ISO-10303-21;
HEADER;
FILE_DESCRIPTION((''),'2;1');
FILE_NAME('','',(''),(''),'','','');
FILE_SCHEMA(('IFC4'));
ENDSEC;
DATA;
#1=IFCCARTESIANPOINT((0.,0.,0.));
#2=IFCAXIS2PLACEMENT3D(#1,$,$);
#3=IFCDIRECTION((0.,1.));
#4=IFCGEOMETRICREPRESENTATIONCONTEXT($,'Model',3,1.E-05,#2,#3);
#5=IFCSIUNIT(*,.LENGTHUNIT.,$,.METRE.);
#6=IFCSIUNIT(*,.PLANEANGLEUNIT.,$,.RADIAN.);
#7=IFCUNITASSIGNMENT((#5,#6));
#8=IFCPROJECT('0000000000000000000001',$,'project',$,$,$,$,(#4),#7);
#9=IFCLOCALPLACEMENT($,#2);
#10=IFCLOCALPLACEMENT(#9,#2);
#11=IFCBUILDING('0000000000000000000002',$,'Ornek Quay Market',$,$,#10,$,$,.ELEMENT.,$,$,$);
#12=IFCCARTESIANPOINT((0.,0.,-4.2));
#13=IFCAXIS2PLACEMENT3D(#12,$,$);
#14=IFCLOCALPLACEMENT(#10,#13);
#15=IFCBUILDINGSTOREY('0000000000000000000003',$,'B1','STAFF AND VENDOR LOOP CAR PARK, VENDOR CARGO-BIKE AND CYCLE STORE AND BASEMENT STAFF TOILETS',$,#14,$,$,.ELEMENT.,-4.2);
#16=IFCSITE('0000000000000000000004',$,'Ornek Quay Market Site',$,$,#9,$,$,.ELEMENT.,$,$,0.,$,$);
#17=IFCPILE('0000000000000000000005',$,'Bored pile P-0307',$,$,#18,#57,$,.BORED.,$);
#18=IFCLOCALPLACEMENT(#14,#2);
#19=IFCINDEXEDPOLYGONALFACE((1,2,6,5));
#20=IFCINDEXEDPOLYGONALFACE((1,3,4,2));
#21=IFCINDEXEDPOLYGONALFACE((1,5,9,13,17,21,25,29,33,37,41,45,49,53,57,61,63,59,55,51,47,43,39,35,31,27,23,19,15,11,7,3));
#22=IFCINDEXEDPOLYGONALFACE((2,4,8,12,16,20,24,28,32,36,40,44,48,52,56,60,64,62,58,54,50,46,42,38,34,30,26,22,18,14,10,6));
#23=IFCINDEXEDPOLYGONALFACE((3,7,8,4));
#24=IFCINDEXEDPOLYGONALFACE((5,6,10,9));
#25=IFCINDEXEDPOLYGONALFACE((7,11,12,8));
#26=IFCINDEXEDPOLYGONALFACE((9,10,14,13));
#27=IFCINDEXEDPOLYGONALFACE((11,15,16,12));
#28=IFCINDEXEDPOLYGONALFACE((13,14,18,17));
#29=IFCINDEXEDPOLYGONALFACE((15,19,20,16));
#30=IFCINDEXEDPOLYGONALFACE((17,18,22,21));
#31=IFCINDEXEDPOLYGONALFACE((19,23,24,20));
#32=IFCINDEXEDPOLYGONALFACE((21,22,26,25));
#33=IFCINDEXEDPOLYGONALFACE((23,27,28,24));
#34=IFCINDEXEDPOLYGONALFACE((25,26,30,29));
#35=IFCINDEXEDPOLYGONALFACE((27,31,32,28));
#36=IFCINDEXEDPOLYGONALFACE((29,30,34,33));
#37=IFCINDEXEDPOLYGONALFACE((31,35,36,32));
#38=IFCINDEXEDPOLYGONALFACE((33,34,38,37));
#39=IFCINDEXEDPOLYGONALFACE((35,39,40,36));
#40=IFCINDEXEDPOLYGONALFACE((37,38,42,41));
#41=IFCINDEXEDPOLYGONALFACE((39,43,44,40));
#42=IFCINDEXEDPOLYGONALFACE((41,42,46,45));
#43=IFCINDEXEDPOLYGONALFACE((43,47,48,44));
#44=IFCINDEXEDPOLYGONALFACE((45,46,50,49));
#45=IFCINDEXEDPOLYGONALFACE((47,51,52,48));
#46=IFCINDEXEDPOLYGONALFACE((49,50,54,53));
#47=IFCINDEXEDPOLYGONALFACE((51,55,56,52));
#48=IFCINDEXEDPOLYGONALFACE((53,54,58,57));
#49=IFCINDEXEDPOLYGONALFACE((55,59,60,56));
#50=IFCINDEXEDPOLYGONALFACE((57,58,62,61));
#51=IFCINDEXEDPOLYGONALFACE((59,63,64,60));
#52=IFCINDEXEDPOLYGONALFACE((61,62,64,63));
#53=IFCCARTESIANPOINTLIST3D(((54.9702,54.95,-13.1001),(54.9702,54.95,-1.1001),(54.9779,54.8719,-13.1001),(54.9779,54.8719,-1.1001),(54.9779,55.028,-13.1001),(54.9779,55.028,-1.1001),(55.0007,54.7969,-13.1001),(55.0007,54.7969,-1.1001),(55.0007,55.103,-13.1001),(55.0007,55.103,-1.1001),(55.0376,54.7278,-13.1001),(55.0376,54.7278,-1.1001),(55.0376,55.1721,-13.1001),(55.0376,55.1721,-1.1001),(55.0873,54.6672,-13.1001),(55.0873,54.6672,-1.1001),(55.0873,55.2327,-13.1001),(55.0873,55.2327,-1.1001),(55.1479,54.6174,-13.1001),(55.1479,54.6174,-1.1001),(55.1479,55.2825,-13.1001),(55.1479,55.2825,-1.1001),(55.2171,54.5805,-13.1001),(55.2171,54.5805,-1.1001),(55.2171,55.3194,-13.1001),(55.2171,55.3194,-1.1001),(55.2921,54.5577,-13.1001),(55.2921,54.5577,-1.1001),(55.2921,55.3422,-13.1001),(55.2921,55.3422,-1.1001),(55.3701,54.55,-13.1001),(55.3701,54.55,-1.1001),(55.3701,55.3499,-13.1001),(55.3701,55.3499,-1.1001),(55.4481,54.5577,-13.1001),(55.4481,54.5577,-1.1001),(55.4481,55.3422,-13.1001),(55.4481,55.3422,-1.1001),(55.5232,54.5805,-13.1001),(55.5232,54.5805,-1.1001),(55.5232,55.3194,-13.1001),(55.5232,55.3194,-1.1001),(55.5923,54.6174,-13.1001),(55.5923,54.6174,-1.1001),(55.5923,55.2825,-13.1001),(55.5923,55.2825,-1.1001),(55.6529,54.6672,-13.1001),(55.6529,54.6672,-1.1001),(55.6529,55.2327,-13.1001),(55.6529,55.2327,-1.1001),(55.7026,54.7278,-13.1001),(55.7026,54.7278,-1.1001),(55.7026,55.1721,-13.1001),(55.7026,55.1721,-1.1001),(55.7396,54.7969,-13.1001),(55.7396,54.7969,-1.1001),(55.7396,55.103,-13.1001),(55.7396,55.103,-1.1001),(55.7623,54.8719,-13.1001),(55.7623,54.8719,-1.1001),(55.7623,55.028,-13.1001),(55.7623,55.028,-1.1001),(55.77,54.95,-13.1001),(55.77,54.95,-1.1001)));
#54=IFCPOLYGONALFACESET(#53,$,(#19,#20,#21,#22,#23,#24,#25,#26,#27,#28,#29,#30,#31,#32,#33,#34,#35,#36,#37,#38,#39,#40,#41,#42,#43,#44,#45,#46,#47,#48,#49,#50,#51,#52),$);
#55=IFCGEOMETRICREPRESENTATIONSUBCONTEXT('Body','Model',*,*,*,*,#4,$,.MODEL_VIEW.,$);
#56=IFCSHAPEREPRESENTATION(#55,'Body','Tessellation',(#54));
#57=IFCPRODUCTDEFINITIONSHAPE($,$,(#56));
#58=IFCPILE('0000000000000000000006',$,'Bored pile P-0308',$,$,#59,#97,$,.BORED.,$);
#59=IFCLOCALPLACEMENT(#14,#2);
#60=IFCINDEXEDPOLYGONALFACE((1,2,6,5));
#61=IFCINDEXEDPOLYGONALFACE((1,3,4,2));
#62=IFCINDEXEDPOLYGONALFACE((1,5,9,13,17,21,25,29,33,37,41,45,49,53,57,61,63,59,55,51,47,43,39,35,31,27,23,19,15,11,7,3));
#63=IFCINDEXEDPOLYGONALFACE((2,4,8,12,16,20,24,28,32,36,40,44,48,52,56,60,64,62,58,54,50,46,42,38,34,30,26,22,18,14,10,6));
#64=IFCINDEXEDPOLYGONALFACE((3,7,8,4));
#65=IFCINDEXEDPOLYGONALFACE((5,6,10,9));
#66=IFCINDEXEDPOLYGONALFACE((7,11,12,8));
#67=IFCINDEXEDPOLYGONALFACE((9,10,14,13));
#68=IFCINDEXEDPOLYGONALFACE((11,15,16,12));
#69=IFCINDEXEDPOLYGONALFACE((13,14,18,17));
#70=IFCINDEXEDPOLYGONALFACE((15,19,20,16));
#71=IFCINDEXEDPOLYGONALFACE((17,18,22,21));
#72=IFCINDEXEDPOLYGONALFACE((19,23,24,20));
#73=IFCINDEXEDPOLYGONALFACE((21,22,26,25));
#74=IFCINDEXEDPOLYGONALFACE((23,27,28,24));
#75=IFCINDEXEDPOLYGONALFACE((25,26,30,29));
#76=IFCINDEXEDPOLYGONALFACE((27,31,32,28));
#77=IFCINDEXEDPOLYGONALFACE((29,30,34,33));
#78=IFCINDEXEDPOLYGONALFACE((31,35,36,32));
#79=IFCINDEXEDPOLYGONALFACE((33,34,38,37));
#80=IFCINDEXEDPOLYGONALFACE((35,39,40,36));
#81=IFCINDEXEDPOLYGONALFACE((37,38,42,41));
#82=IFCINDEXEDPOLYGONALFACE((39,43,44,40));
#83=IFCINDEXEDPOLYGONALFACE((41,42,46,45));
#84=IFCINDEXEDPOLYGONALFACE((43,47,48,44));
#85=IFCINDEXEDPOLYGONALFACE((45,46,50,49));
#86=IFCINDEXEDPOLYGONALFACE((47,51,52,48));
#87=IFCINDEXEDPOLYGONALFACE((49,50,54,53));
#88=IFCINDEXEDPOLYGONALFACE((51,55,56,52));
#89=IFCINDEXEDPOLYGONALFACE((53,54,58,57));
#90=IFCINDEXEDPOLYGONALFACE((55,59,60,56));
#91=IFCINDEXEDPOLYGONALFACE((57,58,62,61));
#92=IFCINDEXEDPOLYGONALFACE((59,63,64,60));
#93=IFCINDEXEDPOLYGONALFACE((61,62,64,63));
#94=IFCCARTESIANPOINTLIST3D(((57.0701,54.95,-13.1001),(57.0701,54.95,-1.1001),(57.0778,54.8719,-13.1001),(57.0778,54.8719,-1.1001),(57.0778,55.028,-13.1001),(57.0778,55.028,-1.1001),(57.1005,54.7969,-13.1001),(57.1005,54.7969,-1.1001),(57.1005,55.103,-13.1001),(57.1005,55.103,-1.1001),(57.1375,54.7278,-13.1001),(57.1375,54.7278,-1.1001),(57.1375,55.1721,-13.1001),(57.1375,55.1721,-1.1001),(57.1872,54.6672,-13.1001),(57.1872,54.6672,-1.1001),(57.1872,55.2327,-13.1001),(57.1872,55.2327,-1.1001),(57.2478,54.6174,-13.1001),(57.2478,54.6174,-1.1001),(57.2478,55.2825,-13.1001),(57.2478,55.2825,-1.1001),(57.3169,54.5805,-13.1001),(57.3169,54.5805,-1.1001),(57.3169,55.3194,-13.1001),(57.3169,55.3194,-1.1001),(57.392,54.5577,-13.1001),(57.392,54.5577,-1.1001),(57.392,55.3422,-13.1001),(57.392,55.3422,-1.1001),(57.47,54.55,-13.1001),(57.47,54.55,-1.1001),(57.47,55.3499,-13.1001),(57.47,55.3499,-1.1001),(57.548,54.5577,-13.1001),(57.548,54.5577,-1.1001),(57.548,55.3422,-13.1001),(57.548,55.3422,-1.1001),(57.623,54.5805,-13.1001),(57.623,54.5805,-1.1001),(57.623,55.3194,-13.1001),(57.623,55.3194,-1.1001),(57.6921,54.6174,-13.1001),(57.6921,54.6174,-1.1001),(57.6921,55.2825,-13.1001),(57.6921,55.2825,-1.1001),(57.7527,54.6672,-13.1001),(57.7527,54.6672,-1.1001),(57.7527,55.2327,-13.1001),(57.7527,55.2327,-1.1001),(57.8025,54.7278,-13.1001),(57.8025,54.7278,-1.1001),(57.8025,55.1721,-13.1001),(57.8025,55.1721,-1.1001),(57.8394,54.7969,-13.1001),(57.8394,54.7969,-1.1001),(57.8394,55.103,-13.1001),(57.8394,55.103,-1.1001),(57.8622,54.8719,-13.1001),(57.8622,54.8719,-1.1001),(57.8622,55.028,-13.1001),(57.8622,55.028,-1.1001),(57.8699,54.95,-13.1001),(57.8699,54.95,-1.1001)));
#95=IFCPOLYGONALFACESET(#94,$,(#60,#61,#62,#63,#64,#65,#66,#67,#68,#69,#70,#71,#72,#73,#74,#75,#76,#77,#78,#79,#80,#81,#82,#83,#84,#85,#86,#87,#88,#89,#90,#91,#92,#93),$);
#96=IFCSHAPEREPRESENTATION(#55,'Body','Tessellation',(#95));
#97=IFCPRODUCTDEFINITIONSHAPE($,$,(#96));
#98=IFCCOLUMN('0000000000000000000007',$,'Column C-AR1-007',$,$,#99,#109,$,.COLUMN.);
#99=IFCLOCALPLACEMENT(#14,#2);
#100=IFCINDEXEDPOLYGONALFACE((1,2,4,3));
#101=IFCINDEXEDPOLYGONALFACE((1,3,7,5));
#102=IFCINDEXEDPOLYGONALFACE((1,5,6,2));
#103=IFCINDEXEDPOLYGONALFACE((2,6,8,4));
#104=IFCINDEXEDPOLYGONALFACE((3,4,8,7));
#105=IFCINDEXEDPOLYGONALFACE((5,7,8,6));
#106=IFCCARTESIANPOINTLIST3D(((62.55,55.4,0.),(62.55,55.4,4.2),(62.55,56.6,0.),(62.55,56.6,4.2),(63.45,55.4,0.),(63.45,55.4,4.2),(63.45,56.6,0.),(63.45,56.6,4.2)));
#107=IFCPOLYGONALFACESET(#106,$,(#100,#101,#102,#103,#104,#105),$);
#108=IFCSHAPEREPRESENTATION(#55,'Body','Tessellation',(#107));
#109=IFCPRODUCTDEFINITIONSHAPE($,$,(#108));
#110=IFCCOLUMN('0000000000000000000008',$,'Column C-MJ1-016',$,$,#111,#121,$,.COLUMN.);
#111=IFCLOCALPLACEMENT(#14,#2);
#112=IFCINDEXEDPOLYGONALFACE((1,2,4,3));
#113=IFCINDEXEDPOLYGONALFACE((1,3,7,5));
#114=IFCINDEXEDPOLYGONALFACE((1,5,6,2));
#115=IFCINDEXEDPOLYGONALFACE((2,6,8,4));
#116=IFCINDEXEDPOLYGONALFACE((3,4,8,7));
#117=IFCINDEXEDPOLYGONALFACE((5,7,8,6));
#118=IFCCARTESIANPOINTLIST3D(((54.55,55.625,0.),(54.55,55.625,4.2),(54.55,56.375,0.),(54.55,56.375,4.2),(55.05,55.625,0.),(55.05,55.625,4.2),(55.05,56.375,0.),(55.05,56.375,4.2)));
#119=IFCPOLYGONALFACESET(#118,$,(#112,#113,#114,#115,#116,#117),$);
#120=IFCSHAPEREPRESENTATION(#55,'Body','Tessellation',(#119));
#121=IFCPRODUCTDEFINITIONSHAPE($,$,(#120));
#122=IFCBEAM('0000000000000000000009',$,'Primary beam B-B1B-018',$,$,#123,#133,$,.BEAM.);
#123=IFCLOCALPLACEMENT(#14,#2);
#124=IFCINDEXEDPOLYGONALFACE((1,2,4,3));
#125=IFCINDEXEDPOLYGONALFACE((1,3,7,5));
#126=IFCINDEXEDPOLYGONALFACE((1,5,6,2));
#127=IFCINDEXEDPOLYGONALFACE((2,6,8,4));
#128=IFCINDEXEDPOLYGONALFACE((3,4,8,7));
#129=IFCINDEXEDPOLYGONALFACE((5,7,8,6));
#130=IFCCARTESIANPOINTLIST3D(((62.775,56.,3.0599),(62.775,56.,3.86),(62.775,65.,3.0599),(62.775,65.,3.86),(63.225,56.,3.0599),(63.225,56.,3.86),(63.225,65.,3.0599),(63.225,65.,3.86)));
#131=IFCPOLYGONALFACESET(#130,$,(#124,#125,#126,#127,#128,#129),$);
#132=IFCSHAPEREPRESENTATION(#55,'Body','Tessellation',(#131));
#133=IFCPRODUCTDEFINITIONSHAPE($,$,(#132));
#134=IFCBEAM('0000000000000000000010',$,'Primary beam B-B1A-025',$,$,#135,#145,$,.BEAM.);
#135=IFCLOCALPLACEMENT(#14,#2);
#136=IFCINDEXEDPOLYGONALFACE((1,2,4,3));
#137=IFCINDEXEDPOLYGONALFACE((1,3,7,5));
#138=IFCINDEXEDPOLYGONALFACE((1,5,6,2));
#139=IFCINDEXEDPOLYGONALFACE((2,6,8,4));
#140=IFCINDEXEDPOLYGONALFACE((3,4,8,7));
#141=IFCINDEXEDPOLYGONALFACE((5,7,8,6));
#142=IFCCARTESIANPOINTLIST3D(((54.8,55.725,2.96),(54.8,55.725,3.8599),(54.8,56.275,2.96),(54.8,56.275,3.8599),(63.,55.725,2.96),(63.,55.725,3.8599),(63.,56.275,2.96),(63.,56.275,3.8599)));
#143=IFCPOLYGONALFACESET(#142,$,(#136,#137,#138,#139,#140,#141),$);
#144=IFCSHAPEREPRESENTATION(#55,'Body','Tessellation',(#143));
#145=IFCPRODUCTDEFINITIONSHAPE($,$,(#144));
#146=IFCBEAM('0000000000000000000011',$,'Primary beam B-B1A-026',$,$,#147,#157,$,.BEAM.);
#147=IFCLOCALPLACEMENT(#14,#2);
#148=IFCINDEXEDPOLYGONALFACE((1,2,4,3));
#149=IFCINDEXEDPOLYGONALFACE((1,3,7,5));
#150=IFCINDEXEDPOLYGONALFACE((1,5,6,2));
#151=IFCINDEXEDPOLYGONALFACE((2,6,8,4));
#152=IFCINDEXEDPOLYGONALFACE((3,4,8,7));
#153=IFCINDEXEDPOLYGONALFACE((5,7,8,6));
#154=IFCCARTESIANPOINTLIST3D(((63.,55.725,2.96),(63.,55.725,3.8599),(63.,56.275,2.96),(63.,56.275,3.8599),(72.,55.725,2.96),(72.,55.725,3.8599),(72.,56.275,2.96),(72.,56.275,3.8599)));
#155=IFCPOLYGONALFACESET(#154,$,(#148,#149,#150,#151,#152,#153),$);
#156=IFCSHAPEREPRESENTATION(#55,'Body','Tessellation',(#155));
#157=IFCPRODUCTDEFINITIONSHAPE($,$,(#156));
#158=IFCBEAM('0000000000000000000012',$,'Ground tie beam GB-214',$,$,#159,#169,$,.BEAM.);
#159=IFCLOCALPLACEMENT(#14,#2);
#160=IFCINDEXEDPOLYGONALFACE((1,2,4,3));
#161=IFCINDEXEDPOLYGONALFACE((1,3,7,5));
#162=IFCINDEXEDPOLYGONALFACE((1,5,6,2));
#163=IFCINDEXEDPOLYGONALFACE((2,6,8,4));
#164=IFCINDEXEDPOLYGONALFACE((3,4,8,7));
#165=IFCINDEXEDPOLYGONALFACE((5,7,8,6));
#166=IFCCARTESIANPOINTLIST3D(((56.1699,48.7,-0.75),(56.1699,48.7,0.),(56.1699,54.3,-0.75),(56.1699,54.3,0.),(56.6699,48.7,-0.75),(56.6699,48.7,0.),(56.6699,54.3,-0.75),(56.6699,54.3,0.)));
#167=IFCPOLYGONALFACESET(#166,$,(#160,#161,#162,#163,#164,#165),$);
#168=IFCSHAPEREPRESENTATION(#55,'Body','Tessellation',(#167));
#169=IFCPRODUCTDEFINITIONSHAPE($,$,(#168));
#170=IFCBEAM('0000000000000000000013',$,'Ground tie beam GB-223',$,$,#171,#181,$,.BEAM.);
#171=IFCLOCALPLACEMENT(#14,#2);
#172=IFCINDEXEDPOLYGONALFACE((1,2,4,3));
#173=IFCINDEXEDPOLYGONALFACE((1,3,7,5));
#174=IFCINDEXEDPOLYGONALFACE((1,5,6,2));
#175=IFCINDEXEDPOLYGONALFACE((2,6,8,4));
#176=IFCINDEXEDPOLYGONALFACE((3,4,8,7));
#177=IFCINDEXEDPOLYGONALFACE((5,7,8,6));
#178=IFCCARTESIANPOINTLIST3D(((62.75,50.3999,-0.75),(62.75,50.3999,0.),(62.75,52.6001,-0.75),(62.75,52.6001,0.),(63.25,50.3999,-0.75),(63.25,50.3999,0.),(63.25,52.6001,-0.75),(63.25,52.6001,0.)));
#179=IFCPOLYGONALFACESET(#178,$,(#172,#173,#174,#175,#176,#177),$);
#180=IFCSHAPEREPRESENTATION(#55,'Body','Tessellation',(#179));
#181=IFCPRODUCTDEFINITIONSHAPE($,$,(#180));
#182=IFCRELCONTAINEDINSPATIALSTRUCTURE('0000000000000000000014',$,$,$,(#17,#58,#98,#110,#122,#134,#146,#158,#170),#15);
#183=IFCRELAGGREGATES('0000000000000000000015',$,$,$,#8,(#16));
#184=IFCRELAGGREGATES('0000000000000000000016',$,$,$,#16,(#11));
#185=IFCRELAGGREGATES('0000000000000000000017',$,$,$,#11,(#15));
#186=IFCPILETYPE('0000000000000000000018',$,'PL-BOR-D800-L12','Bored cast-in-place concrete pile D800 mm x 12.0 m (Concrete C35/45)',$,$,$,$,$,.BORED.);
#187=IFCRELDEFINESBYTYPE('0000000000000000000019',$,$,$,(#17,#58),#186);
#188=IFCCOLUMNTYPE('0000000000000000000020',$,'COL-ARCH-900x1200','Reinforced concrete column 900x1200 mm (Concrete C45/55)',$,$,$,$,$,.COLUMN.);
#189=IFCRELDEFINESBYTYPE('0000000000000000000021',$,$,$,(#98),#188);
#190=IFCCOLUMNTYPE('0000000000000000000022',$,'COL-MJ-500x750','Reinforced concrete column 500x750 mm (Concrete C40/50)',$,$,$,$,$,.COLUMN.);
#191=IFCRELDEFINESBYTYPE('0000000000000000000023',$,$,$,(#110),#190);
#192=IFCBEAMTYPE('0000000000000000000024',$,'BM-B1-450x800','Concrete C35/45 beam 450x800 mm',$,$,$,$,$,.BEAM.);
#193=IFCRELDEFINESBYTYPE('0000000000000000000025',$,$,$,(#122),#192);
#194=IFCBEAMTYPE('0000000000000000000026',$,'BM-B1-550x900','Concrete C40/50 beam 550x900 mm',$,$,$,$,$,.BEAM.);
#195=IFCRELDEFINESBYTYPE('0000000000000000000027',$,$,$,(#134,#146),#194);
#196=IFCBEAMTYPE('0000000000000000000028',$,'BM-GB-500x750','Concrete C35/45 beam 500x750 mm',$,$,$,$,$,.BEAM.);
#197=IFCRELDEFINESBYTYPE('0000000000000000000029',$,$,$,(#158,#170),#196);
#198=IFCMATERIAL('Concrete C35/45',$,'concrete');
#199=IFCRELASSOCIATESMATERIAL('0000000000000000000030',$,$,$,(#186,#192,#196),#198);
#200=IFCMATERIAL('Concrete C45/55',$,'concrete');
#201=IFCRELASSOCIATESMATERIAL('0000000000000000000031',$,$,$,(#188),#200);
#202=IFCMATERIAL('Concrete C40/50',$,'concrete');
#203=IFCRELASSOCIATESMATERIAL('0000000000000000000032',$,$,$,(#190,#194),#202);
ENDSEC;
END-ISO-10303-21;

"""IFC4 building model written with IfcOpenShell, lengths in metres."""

from ifc_helpers import new_model, si_unit, direction, frame, origin, origin_2d, place, context, subcontext, project, spatial, rectangle, circle, extrude, material, material_profile, profile_set, type_object, element, save


model = new_model("IFC4")

# Units and contexts
model_context = context("Model", 3, precision=1e-05, world=origin(), true_north=direction((0.0, 1.0)))
body_context = subcontext(model_context, "Body", "Model", "MODEL_VIEW")
ifc_project = project(units=[si_unit("LENGTHUNIT", "METRE"), si_unit("PLANEANGLEUNIT", "RADIAN")], contexts=[model_context])

# Site, building, storey
site_placement = place(None, origin())
site = spatial("IfcSite", under=ifc_project, at=site_placement, Name="Ornek Quay Market Site", CompositionType="ELEMENT", RefElevation=0.0)
building_placement = place(site_placement, origin())
building = spatial("IfcBuilding", under=site, at=building_placement, Name="Ornek Quay Market", CompositionType="ELEMENT")
storey_placement = place(building_placement, frame((0.0, 0.0, -4.2)))
storey = spatial("IfcBuildingStorey", under=building, at=storey_placement, Name="B1", Description="STAFF AND VENDOR LOOP CAR PARK, VENDOR CARGO-BIKE AND CYCLE STORE AND BASEMENT STAFF TOILETS", CompositionType="ELEMENT", Elevation=-4.2)

# Piles
ifc_material_1 = material(Name="Concrete C35/45", Category="concrete")
ifc_material_profile_1 = material_profile(ifc_material_1, circle(Radius=0.3999, at=origin_2d()), Name="PILE D800", Category="concrete")
ifc_profile_set_1 = profile_set([ifc_material_profile_1], Name="Concrete C35/45")
pile_type_1 = type_object("IfcPileType", Name="PL-BOR-D800-L12", Description="Bored cast-in-place concrete pile D800 mm x 12.0 m (Concrete C35/45)", PredefinedType="BORED", material=ifc_profile_set_1)
for number, where, z_axis, x_axis, name in (
    (1, (55.3701, 54.95, -1.1001), (0.0, 0.0, -1.0), (1.0, 0.0, 0.0), "Bored pile P-0307"),
    (2, (57.47, 54.95, -1.1001), (0.0, 0.0, -1.0), (1.0, 0.0, 0.0), "Bored pile P-0308"),
):
    element("IfcPile", number, at=place(storey_placement, frame(where, z_axis=z_axis, x_axis=x_axis)), inside=storey, type_object=pile_type_1, Name=name, PredefinedType="BORED", context=body_context, shape_type="SweptSolid", body=[
        extrude(circle(Radius=0.3999, at=origin_2d()), origin(), (0.0, 0.0, 1.0), 12.0),
    ])

# Columns
ifc_material_2 = material(Name="Concrete C45/55", Category="concrete")
ifc_material_profile_2 = material_profile(ifc_material_2, rectangle(XDim=0.8999, YDim=1.2, at=origin_2d()), Name="RC 900x1200", Category="concrete")
ifc_profile_set_2 = profile_set([ifc_material_profile_2], Name="Concrete C45/55")
column_type_1 = type_object("IfcColumnType", Name="COL-ARCH-900x1200", Description="Reinforced concrete column 900x1200 mm (Concrete C45/55)", PredefinedType="COLUMN", material=ifc_profile_set_2)
column_1_placement = place(storey_placement, frame((63.0, 56.0, 0.0), z_axis=(0.0, 0.0, 1.0), x_axis=(1.0, 0.0, 0.0)))
element("IfcColumn", 3, at=column_1_placement, inside=storey, type_object=column_type_1, Name="Column C-AR1-007", PredefinedType="COLUMN", context=body_context, shape_type="SweptSolid", body=[
    extrude(rectangle(XDim=0.8999, YDim=1.2, at=origin_2d()), origin(), (0.0, 0.0, 1.0), 4.2),
])
ifc_material_3 = material(Name="Concrete C40/50", Category="concrete")
ifc_material_profile_3 = material_profile(ifc_material_3, rectangle(XDim=0.5, YDim=0.75, at=origin_2d()), Name="RC 500x750", Category="concrete")
ifc_profile_set_3 = profile_set([ifc_material_profile_3], Name="Concrete C40/50")
column_type_2 = type_object("IfcColumnType", Name="COL-MJ-500x750", Description="Reinforced concrete column 500x750 mm (Concrete C40/50)", PredefinedType="COLUMN", material=ifc_profile_set_3)
column_2_placement = place(storey_placement, frame((54.8, 56.0, 0.0), z_axis=(0.0, 0.0, 1.0), x_axis=(1.0, 0.0, 0.0)))
element("IfcColumn", 4, at=column_2_placement, inside=storey, type_object=column_type_2, Name="Column C-MJ1-016", PredefinedType="COLUMN", context=body_context, shape_type="SweptSolid", body=[
    extrude(rectangle(XDim=0.5, YDim=0.75, at=origin_2d()), origin(), (0.0, 0.0, 1.0), 4.2),
])

# Beams
ifc_material_profile_4 = material_profile(ifc_material_1, rectangle(XDim=0.45, YDim=0.8, at=origin_2d()), Name="RC 450x800", Category="concrete")
ifc_profile_set_4 = profile_set([ifc_material_profile_4], Name="Concrete C35/45")
beam_type_1 = type_object("IfcBeamType", Name="BM-B1-450x800", Description="Concrete C35/45 beam 450x800 mm", PredefinedType="BEAM", material=ifc_profile_set_4)
beam_1_placement = place(storey_placement, frame((63.0, 56.0, 3.46), z_axis=(0.0, 1.0, 0.0), x_axis=(-1.0, 0.0, 0.0)))
element("IfcBeam", 5, at=beam_1_placement, inside=storey, type_object=beam_type_1, Name="Primary beam B-B1B-018", PredefinedType="BEAM", context=body_context, shape_type="SweptSolid", body=[
    extrude(rectangle(XDim=0.45, YDim=0.8, at=origin_2d()), origin(), (0.0, 0.0, 1.0), 9.0),
])
ifc_material_profile_5 = material_profile(ifc_material_3, rectangle(XDim=0.55, YDim=0.8999, at=origin_2d()), Name="RC 550x900", Category="concrete")
ifc_profile_set_5 = profile_set([ifc_material_profile_5], Name="Concrete C40/50")
beam_type_2 = type_object("IfcBeamType", Name="BM-B1-550x900", Description="Concrete C40/50 beam 550x900 mm", PredefinedType="BEAM", material=ifc_profile_set_5)
beam_2_placement = place(storey_placement, frame((54.8, 56.0, 3.4099), z_axis=(1.0, 0.0, 0.0), x_axis=(0.0, 1.0, 0.0)))
element("IfcBeam", 6, at=beam_2_placement, inside=storey, type_object=beam_type_2, Name="Primary beam B-B1A-025", PredefinedType="BEAM", context=body_context, shape_type="SweptSolid", body=[
    extrude(rectangle(XDim=0.55, YDim=0.8999, at=origin_2d()), origin(), (0.0, 0.0, 1.0), 8.2),
])
beam_3_placement = place(storey_placement, frame((63.0, 56.0, 3.4099), z_axis=(1.0, 0.0, 0.0), x_axis=(0.0, 1.0, 0.0)))
element("IfcBeam", 7, at=beam_3_placement, inside=storey, type_object=beam_type_2, Name="Primary beam B-B1A-026", PredefinedType="BEAM", context=body_context, shape_type="SweptSolid", body=[
    extrude(rectangle(XDim=0.55, YDim=0.8999, at=origin_2d()), origin(), (0.0, 0.0, 1.0), 9.0),
])
ifc_material_profile_6 = material_profile(ifc_material_1, rectangle(XDim=0.5, YDim=0.75, at=origin_2d()), Name="RC 500x750", Category="concrete")
ifc_profile_set_6 = profile_set([ifc_material_profile_6], Name="Concrete C35/45")
beam_type_3 = type_object("IfcBeamType", Name="BM-GB-500x750", Description="Concrete C35/45 beam 500x750 mm", PredefinedType="BEAM", material=ifc_profile_set_6)
beam_4_placement = place(storey_placement, frame((56.4199, 48.7, -0.375), z_axis=(0.0, 1.0, 0.0), x_axis=(-1.0, 0.0, 0.0)))
element("IfcBeam", 8, at=beam_4_placement, inside=storey, type_object=beam_type_3, Name="Ground tie beam GB-214", PredefinedType="BEAM", context=body_context, shape_type="SweptSolid", body=[
    extrude(rectangle(XDim=0.5, YDim=0.75, at=origin_2d()), origin(), (0.0, 0.0, 1.0), 5.6001),
])
beam_5_placement = place(storey_placement, frame((63.0, 50.3999, -0.375), z_axis=(0.0, 1.0, 0.0), x_axis=(-1.0, 0.0, 0.0)))
element("IfcBeam", 9, at=beam_5_placement, inside=storey, type_object=beam_type_3, Name="Ground tie beam GB-223", PredefinedType="BEAM", context=body_context, shape_type="SweptSolid", body=[
    extrude(rectangle(XDim=0.5, YDim=0.75, at=origin_2d()), origin(), (0.0, 0.0, 1.0), 2.2002),
])

save(model, "model.ifc")
